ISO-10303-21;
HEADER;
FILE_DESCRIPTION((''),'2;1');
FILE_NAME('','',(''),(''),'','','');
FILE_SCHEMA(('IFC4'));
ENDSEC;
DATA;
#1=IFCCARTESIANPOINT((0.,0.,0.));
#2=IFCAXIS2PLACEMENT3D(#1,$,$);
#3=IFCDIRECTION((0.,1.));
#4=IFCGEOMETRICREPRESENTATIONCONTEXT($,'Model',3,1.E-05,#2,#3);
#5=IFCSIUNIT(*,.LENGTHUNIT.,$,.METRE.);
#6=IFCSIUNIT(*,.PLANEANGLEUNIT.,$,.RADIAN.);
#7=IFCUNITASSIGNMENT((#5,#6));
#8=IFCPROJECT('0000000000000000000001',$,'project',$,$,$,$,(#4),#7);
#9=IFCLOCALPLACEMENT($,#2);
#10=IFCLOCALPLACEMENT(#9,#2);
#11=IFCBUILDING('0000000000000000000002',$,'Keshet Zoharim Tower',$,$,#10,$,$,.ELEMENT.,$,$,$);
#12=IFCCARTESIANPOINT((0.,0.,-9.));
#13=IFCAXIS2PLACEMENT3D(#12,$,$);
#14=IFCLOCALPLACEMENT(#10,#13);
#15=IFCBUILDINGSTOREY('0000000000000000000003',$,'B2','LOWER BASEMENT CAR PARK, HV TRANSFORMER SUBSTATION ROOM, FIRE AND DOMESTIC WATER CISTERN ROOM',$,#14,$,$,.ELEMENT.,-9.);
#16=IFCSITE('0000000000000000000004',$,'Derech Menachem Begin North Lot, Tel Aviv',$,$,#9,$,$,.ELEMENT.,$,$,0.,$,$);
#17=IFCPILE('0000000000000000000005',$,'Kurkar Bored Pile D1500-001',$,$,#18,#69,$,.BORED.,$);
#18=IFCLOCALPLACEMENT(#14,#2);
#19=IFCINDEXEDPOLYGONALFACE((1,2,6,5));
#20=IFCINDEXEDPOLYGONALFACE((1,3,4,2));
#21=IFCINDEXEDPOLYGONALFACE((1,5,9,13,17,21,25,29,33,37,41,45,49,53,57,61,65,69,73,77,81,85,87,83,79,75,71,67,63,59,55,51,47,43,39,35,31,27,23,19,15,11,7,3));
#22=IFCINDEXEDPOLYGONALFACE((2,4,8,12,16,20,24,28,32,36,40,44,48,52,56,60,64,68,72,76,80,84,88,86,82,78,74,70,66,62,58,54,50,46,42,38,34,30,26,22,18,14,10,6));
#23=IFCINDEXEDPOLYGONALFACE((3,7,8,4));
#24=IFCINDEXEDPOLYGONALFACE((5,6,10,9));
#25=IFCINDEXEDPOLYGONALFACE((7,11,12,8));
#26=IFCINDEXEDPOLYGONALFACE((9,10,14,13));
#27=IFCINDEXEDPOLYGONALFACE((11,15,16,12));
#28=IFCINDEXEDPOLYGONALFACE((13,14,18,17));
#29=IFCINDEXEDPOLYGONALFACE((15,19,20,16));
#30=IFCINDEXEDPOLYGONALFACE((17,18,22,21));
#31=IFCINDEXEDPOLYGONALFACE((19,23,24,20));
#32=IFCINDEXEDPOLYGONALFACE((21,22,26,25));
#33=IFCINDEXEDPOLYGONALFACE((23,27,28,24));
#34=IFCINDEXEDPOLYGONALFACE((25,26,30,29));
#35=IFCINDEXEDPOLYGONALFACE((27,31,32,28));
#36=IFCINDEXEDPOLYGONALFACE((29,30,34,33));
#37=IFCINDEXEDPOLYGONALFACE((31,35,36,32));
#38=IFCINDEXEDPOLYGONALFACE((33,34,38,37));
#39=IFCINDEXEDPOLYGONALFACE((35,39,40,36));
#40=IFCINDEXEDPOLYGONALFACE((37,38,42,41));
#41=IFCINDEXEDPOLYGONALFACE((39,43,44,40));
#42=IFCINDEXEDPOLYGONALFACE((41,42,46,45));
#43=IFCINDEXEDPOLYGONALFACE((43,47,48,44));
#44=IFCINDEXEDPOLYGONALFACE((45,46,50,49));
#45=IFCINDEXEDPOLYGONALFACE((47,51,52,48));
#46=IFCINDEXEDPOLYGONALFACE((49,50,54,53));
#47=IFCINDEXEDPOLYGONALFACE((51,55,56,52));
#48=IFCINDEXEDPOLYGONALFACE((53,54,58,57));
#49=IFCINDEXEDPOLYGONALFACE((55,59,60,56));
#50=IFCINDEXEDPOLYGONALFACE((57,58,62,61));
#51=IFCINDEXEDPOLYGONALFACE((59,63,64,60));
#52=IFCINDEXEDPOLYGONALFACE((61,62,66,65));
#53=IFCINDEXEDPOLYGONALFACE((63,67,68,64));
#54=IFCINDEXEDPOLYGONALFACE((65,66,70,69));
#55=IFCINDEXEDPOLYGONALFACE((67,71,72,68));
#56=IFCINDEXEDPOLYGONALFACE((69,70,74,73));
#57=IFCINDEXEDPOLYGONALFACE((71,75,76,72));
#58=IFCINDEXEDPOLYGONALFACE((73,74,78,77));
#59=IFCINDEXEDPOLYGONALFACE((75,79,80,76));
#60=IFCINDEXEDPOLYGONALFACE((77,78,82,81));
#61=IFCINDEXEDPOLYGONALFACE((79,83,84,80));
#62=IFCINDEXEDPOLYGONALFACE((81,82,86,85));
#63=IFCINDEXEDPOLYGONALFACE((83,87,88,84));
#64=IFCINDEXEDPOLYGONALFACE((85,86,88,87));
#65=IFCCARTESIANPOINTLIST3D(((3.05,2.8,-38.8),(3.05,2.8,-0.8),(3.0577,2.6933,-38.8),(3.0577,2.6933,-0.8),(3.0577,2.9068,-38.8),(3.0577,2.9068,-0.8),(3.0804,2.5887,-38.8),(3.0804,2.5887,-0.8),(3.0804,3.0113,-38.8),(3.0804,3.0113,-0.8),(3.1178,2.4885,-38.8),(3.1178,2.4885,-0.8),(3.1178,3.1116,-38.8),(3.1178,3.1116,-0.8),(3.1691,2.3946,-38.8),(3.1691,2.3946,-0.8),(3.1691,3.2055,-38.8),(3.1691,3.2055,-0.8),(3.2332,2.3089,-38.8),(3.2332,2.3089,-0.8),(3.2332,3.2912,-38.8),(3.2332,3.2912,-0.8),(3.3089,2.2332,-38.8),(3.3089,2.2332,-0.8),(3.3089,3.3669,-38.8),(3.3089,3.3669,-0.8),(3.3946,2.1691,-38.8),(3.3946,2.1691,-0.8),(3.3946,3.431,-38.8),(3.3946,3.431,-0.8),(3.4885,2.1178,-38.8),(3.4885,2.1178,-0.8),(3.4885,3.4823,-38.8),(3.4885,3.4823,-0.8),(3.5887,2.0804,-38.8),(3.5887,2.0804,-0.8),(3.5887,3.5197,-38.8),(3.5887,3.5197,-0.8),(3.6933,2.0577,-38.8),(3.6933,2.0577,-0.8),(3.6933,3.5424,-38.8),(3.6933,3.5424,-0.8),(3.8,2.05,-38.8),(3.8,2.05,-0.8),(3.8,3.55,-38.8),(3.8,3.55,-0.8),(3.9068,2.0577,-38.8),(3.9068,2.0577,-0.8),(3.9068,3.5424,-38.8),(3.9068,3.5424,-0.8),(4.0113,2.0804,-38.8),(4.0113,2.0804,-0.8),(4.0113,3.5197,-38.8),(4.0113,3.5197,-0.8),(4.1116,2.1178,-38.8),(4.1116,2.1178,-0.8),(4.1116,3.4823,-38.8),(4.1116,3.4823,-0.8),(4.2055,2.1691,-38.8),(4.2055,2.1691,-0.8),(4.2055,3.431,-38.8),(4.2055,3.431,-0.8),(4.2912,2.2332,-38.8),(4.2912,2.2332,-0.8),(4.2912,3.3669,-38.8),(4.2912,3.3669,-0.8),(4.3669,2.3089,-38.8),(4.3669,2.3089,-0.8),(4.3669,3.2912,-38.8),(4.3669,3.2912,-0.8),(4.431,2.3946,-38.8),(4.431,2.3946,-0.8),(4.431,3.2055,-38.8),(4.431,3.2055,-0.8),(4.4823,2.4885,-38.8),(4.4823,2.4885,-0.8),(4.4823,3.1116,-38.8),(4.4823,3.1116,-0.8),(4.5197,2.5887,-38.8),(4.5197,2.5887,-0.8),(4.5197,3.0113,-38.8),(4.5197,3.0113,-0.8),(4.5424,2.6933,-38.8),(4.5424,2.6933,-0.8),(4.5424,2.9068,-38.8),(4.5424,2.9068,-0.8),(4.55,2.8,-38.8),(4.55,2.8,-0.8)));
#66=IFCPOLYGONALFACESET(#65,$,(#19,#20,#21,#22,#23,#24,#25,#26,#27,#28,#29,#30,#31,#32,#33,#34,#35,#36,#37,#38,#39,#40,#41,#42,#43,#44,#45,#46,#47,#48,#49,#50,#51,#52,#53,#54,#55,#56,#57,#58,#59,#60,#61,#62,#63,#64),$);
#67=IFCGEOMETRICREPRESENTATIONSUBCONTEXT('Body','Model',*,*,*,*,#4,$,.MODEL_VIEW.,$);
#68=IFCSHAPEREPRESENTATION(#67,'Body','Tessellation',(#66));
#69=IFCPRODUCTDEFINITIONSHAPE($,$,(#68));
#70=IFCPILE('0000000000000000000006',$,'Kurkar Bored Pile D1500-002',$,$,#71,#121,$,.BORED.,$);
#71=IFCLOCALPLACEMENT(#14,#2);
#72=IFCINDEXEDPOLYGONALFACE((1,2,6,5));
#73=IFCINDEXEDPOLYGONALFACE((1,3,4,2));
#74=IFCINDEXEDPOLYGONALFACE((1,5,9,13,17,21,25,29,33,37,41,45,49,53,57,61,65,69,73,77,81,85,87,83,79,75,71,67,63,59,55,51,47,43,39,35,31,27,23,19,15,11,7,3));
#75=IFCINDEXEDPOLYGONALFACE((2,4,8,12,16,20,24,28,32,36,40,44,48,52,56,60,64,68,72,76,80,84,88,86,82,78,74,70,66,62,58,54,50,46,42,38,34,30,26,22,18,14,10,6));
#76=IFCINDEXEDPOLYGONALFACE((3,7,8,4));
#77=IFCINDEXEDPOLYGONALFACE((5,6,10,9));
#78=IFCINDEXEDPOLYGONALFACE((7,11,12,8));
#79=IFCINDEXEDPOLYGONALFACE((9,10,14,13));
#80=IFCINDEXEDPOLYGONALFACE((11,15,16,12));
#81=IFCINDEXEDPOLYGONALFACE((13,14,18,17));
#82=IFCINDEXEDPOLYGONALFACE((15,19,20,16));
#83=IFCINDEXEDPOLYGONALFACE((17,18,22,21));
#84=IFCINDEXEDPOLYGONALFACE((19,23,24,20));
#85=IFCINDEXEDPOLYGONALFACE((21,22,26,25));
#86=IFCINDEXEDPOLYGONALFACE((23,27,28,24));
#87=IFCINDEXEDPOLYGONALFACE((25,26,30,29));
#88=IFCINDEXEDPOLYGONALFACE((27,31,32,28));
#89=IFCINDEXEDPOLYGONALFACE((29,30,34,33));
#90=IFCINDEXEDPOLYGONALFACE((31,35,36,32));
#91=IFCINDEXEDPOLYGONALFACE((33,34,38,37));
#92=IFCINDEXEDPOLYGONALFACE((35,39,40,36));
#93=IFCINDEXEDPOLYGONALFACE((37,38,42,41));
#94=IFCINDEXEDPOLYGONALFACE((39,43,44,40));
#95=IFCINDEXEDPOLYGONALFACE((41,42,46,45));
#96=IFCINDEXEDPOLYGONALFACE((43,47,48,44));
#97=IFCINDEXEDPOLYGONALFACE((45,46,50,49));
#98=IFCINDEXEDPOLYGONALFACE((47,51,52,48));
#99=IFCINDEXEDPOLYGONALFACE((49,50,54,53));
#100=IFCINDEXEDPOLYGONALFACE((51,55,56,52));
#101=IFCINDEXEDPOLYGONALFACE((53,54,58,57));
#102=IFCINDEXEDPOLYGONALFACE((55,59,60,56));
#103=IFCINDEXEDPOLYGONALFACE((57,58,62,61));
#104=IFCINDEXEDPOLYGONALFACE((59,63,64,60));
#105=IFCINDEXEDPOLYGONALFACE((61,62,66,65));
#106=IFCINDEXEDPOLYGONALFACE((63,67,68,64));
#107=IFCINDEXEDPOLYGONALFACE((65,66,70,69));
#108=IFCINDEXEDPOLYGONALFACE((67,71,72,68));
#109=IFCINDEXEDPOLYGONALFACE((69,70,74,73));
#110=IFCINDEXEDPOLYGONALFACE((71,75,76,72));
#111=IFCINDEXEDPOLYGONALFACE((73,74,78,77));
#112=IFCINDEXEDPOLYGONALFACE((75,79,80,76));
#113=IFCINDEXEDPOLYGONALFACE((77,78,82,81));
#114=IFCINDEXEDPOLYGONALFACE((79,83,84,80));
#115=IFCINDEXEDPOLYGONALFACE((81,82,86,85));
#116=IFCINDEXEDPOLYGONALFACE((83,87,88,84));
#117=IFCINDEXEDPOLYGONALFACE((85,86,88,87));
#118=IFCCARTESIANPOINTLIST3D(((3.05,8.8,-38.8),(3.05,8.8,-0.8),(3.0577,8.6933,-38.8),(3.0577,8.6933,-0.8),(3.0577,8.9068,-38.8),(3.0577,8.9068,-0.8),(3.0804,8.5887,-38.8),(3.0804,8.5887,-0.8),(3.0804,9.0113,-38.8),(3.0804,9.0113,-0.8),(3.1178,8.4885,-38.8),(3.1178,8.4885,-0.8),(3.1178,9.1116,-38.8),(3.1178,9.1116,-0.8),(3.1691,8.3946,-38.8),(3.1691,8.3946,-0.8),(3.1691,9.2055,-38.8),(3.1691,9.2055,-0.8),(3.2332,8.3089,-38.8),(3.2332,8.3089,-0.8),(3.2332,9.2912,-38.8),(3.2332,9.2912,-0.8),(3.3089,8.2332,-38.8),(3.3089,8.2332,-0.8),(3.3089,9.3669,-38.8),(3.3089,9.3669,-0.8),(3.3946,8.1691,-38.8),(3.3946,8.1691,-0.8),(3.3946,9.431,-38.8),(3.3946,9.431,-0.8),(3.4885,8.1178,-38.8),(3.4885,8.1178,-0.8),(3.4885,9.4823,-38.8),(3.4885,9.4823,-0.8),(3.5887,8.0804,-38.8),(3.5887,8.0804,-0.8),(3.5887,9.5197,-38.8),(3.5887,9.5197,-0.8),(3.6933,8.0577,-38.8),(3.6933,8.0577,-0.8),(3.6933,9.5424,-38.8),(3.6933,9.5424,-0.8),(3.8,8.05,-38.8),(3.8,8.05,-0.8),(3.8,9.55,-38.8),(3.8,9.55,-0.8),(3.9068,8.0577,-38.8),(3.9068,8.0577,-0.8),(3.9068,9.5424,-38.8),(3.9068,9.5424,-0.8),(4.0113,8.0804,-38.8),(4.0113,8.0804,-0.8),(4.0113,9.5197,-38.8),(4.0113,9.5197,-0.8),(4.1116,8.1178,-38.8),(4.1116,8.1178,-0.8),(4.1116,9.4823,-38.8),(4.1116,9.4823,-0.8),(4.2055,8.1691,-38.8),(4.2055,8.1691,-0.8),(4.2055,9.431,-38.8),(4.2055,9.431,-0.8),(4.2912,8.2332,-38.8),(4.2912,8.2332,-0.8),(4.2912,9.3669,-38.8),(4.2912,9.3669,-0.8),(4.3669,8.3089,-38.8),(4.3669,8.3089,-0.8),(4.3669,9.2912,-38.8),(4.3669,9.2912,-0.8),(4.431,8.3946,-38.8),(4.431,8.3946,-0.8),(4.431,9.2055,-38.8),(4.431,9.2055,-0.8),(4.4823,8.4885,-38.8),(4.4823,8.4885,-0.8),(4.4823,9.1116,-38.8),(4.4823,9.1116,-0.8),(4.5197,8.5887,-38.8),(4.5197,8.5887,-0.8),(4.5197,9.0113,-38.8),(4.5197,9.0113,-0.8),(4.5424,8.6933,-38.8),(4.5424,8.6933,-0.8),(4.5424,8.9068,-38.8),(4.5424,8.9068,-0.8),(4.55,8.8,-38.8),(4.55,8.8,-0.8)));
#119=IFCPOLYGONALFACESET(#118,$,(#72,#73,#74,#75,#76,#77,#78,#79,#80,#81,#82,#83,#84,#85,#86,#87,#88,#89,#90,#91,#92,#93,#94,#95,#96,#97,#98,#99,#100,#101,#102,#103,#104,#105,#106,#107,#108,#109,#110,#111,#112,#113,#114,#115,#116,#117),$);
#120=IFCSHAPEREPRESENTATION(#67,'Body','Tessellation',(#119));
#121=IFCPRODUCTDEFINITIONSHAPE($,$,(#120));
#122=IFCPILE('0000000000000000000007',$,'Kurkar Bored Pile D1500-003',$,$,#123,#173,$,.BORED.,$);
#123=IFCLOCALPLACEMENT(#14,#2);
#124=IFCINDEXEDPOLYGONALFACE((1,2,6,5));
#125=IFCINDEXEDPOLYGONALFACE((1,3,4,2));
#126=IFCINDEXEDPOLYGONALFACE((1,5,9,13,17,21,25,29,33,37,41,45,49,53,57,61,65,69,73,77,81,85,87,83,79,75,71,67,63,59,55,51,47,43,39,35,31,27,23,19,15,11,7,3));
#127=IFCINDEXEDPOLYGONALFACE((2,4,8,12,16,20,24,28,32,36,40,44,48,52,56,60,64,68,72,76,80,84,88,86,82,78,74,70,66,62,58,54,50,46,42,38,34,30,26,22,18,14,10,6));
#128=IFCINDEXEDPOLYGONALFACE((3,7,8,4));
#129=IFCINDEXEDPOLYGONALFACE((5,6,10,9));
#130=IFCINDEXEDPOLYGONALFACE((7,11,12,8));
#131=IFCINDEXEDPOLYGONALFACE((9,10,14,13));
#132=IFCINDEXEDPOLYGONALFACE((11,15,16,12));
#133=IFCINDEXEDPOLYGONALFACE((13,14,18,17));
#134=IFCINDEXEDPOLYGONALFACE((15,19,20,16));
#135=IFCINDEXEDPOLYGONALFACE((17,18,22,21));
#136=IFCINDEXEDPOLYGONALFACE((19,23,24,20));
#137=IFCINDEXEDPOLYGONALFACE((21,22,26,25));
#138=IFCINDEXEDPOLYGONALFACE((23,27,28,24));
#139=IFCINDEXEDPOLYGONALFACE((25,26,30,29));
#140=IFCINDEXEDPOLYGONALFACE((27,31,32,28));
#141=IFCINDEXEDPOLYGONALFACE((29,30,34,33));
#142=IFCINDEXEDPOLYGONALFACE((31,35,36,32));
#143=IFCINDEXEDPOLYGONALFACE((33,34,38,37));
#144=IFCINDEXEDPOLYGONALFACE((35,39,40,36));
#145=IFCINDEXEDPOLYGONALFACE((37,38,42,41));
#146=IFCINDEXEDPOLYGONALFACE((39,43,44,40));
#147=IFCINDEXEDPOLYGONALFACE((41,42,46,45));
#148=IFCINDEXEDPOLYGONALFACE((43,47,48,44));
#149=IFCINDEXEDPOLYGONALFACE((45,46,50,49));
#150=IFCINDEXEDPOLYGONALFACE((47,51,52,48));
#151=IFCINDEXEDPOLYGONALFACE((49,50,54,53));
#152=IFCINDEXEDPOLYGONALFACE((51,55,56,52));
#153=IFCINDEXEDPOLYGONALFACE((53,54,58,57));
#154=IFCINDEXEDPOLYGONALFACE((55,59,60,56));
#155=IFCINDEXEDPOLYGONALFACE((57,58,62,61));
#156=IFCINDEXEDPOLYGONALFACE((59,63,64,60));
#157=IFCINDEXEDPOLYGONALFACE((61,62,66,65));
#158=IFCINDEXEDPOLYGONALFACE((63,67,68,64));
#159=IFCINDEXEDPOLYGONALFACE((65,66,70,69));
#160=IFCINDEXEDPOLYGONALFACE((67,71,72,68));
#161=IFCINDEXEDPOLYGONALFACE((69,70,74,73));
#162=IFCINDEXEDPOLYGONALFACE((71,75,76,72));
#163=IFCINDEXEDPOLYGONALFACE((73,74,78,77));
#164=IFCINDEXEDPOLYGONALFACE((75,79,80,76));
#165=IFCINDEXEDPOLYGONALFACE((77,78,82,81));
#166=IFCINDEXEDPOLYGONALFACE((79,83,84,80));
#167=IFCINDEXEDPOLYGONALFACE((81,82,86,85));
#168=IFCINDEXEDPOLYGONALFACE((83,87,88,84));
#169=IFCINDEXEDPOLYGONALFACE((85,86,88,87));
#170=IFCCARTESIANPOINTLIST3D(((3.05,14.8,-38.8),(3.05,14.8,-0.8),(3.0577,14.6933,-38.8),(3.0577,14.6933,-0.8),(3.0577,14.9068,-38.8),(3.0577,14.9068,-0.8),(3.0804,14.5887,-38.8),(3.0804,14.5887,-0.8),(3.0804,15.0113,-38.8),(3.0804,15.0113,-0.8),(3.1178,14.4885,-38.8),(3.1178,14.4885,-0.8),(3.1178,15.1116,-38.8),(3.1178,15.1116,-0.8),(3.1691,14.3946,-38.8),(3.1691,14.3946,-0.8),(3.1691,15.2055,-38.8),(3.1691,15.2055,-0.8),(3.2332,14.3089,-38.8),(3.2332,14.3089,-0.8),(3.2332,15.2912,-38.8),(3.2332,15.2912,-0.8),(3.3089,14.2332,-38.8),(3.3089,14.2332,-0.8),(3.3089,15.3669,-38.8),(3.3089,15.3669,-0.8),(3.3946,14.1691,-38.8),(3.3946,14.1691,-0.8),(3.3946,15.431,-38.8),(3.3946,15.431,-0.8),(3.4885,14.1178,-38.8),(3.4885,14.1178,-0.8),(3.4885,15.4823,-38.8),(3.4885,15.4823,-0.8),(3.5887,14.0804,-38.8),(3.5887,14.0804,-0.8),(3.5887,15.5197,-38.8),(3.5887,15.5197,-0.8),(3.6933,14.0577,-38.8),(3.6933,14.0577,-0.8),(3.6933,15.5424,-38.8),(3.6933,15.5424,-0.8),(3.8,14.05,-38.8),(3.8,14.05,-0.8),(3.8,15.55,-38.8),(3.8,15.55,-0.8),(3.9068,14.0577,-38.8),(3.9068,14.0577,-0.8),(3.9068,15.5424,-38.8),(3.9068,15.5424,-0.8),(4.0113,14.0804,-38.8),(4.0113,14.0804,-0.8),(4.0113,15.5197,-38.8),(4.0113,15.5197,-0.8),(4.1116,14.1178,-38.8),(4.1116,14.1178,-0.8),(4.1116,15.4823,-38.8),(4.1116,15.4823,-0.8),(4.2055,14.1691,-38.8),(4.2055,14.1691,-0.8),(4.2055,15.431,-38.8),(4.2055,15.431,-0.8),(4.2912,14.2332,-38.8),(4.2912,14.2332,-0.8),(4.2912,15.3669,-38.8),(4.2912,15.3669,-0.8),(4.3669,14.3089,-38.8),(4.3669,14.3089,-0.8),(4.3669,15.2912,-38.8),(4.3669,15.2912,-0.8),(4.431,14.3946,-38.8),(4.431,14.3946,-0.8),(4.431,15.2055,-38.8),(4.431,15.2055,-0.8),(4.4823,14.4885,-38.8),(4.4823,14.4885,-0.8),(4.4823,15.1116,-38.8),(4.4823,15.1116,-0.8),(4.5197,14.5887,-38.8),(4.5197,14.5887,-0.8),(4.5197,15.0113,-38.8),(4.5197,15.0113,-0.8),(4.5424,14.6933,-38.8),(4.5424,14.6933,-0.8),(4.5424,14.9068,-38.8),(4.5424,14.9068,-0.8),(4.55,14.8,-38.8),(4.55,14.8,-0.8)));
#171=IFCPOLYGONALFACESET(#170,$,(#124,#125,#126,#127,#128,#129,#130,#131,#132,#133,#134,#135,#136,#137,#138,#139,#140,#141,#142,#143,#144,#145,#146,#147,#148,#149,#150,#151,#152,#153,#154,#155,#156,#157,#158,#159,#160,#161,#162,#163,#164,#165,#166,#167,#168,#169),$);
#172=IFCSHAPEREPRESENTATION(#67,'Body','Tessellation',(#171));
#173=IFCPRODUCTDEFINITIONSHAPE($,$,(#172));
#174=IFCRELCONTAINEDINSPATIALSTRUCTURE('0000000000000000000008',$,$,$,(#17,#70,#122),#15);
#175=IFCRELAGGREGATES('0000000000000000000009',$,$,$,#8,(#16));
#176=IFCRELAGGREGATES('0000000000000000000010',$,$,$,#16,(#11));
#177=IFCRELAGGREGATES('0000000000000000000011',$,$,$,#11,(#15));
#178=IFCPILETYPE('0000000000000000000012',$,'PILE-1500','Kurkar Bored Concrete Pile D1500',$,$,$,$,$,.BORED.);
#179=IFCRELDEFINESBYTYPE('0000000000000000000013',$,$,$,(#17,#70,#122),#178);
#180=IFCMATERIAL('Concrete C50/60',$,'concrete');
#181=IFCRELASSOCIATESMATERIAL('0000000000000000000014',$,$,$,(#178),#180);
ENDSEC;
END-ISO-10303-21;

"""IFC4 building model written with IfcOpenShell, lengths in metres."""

from ifc_helpers import new_model, si_unit, direction, frame, origin, origin_2d, place, context, subcontext, project, spatial, circle, extrude, material, material_profile, profile_set, type_object, element, save


model = new_model("IFC4")

# Units and contexts
model_context = context("Model", 3, precision=1e-05, world=origin(), true_north=direction((0.0, 1.0)))
body_context = subcontext(model_context, "Body", "Model", "MODEL_VIEW")
ifc_project = project(units=[si_unit("LENGTHUNIT", "METRE"), si_unit("PLANEANGLEUNIT", "RADIAN")], contexts=[model_context])

# Site, building, storey
site_placement = place(None, origin())
site = spatial("IfcSite", under=ifc_project, at=site_placement, Name="Derech Menachem Begin North Lot, Tel Aviv", CompositionType="ELEMENT", RefElevation=0.0)
building_placement = place(site_placement, origin())
building = spatial("IfcBuilding", under=site, at=building_placement, Name="Keshet Zoharim Tower", CompositionType="ELEMENT")
storey_placement = place(building_placement, frame((0.0, 0.0, -9.0)))
storey = spatial("IfcBuildingStorey", under=building, at=storey_placement, Name="B2", Description="LOWER BASEMENT CAR PARK, HV TRANSFORMER SUBSTATION ROOM, FIRE AND DOMESTIC WATER CISTERN ROOM", CompositionType="ELEMENT", Elevation=-9.0)

# Piles
ifc_material_1 = material(Name="Concrete C50/60", Category="concrete")
ifc_material_profile_1 = material_profile(ifc_material_1, circle(Radius=0.75, at=origin_2d()), Name="PILE-D1500")
ifc_profile_set_1 = profile_set([ifc_material_profile_1], Name="Concrete C50/60")
pile_type = type_object("IfcPileType", Name="PILE-1500", Description="Kurkar Bored Concrete Pile D1500", PredefinedType="BORED", material=ifc_profile_set_1)
for number, where, z_axis, x_axis, name in (
    (1, (3.8, 2.8, -0.8), (0.0, 0.0, -1.0), (1.0, 0.0, 0.0), "Kurkar Bored Pile D1500-001"),
    (2, (3.8, 8.8, -0.8), (0.0, 0.0, -1.0), (1.0, 0.0, 0.0), "Kurkar Bored Pile D1500-002"),
    (3, (3.8, 14.8, -0.8), (0.0, 0.0, -1.0), (1.0, 0.0, 0.0), "Kurkar Bored Pile D1500-003"),
):
    element("IfcPile", number, at=place(storey_placement, frame(where, z_axis=z_axis, x_axis=x_axis)), inside=storey, type_object=pile_type, Name=name, PredefinedType="BORED", context=body_context, shape_type="SweptSolid", body=[
        extrude(circle(Radius=0.75, at=origin_2d()), origin(), (0.0, 0.0, 1.0), 38.0),
    ])

save(model, "model.ifc")
